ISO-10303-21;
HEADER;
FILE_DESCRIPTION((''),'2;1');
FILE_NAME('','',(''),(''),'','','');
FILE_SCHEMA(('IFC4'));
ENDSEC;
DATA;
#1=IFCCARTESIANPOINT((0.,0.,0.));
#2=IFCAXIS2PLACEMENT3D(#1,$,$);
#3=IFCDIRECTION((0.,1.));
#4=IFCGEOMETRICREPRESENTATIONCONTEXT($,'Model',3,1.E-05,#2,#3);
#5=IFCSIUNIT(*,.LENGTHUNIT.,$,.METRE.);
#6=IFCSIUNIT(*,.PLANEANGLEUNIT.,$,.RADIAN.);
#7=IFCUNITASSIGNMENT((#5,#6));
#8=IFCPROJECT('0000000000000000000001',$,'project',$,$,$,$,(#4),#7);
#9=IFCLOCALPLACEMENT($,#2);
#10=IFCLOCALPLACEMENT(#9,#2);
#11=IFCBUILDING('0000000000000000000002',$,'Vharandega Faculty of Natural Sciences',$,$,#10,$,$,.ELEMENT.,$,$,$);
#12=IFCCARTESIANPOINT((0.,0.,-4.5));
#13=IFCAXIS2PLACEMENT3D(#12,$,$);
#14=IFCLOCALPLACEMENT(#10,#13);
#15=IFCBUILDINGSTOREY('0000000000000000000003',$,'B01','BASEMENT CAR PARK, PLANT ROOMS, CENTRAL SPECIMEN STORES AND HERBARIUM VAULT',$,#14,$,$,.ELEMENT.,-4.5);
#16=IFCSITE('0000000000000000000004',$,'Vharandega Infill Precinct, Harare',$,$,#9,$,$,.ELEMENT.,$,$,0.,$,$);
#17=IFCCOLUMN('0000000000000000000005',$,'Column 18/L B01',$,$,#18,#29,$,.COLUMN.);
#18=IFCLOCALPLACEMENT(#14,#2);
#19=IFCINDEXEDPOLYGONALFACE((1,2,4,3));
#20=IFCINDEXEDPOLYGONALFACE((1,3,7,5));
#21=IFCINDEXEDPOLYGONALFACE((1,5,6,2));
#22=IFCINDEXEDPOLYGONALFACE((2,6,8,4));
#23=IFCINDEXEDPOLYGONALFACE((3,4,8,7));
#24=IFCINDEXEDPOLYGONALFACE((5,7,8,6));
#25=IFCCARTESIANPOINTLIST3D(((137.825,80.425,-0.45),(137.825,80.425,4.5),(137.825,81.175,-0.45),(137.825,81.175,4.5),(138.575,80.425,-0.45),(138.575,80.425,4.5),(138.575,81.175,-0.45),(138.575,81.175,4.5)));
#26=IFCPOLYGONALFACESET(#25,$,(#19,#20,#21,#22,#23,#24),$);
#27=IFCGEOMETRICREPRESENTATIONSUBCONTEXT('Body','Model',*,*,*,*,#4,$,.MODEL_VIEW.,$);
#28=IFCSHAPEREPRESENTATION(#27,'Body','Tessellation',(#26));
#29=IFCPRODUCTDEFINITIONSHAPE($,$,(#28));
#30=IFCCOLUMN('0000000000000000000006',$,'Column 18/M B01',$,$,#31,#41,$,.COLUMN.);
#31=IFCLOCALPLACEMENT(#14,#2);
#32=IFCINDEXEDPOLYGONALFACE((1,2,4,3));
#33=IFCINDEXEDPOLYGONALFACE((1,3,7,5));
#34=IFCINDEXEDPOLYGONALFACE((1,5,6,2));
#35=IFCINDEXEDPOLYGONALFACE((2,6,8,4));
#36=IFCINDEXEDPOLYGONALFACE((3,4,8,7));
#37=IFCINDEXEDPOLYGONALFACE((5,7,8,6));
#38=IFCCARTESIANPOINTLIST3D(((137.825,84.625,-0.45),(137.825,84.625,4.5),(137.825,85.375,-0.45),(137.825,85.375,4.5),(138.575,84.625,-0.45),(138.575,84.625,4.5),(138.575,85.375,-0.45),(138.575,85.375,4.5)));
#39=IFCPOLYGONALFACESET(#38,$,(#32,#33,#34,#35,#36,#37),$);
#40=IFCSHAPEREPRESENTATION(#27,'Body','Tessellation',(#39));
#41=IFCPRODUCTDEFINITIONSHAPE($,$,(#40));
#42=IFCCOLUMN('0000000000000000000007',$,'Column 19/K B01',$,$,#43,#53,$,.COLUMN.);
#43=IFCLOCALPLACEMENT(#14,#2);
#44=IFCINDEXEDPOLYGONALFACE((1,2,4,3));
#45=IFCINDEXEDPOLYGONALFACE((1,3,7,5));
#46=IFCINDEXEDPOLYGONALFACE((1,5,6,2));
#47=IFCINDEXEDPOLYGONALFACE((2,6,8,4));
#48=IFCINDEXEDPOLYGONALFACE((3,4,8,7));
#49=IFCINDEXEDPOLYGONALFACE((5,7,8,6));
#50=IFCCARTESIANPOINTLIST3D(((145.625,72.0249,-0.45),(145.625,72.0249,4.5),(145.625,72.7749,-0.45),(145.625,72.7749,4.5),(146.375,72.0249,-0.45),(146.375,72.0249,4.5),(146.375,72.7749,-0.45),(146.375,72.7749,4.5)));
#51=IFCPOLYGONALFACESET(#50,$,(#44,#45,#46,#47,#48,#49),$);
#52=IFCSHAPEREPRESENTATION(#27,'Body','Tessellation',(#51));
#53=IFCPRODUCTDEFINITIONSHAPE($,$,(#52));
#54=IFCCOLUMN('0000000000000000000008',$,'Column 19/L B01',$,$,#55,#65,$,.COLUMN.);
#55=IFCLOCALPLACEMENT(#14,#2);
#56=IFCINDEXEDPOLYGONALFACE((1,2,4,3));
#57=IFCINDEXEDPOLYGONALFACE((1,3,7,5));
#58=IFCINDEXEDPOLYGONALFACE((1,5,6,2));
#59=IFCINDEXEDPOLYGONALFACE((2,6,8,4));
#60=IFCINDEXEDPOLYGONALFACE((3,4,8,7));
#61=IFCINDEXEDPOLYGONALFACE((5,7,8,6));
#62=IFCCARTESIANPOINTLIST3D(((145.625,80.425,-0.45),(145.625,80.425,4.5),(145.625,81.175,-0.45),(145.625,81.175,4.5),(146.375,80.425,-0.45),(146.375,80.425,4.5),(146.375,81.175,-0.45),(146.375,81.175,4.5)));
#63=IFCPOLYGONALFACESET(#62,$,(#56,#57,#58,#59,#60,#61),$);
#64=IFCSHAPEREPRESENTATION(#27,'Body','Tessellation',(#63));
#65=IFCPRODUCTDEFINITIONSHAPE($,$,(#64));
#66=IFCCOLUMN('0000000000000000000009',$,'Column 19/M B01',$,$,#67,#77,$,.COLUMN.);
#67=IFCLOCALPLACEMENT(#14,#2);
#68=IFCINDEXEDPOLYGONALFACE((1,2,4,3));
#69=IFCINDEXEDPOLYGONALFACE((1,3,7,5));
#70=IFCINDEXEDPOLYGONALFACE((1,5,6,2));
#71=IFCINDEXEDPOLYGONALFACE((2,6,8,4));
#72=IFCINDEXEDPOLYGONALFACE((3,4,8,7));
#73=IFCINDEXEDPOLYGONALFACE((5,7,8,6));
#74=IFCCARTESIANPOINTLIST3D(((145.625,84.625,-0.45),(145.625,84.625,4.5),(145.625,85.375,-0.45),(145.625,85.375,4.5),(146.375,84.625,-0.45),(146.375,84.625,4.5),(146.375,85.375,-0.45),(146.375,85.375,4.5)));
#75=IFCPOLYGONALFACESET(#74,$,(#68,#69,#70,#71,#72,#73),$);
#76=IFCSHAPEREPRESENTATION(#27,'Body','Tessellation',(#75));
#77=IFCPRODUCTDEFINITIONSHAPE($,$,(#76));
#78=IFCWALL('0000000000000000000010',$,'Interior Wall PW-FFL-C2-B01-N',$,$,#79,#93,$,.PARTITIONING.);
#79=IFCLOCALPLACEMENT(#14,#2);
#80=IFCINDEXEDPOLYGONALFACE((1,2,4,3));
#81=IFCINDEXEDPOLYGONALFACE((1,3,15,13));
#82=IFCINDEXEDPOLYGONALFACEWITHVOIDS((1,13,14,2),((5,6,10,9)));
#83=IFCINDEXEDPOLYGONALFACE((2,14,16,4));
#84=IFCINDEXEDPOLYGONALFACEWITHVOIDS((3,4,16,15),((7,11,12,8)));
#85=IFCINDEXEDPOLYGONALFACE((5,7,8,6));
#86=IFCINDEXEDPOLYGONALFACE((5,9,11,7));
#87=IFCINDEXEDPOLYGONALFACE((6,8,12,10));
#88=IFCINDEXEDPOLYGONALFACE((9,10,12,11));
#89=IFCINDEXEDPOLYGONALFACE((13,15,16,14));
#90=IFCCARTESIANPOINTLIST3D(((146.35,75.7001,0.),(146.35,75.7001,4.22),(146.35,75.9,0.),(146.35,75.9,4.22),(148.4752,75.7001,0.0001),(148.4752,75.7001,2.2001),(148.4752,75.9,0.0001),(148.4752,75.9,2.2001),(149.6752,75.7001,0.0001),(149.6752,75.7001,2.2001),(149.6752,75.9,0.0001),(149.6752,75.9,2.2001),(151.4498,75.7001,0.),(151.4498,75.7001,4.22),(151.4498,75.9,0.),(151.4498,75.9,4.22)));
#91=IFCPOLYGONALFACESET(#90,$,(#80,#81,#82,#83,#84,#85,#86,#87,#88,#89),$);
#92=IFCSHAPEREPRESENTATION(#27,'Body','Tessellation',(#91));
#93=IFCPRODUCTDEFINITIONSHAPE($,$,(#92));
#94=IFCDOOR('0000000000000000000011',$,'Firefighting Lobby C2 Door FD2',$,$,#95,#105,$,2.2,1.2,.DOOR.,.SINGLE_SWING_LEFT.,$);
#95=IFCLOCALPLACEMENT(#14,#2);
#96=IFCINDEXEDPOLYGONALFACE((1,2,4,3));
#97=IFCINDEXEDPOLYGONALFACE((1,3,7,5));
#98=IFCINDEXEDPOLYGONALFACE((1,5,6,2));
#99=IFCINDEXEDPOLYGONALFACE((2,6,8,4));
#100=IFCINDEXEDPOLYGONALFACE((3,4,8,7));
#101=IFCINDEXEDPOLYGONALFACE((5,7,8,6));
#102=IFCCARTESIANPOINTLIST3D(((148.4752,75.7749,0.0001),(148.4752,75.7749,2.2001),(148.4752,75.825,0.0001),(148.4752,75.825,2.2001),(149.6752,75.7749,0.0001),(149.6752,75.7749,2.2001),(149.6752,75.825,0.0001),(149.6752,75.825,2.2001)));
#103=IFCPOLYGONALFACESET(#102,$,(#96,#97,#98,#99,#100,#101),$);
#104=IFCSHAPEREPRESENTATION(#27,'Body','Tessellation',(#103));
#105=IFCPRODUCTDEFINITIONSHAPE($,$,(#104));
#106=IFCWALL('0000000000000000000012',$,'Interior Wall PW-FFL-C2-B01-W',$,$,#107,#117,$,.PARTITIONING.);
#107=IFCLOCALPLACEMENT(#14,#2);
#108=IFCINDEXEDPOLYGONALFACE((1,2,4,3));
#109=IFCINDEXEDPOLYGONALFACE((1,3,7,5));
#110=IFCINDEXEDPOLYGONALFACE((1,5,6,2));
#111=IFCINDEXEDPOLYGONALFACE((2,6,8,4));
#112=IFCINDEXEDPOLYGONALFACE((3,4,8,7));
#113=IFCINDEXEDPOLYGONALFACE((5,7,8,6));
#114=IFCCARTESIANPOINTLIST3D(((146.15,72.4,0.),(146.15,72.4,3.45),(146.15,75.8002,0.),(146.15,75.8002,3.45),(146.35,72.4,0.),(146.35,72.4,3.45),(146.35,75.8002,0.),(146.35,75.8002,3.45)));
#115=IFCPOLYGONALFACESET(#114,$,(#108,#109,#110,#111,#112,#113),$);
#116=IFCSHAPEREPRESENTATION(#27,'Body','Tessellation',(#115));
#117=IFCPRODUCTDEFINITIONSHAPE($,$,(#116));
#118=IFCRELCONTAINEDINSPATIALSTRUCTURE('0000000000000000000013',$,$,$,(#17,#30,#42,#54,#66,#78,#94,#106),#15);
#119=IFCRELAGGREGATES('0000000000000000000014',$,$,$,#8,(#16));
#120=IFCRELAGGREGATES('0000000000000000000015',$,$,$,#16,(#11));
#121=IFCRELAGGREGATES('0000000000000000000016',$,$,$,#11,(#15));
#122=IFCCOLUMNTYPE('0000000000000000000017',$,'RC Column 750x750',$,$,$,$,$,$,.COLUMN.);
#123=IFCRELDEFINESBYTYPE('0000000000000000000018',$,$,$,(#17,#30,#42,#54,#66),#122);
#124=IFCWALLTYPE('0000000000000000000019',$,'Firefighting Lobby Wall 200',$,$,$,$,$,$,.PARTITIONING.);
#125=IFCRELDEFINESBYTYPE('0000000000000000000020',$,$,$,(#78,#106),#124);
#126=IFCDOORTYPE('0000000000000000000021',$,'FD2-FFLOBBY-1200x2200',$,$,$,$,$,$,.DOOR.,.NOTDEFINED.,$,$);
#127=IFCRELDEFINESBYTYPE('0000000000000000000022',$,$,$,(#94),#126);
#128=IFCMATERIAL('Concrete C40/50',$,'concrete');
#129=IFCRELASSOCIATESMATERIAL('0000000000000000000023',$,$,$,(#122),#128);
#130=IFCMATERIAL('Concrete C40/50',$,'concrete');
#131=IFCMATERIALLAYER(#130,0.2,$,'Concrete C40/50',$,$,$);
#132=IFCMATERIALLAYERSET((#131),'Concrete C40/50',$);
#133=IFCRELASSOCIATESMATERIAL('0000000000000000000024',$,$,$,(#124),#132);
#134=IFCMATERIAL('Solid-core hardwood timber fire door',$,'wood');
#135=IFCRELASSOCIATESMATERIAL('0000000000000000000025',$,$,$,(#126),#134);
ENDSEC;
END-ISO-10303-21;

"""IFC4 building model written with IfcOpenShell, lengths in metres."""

from ifc_helpers import new_model, si_unit, direction, frame, frame_2d, origin, origin_2d, place, context, subcontext, project, spatial, rectangle, extrude, material, layer, layer_set, material_profile, profile_set, type_object, element, fill, save


model = new_model("IFC4")

# Units and contexts
model_context = context("Model", 3, precision=1e-05, world=origin(), true_north=direction((0.0, 1.0)))
body_context = subcontext(model_context, "Body", "Model", "MODEL_VIEW")
ifc_project = project(units=[si_unit("LENGTHUNIT", "METRE"), si_unit("PLANEANGLEUNIT", "RADIAN")], contexts=[model_context])

# Site, building, storey
site_placement = place(None, origin())
site = spatial("IfcSite", under=ifc_project, at=site_placement, Name="Vharandega Infill Precinct, Harare", CompositionType="ELEMENT", RefElevation=0.0)
building_placement = place(site_placement, origin())
building = spatial("IfcBuilding", under=site, at=building_placement, Name="Vharandega Faculty of Natural Sciences", CompositionType="ELEMENT")
storey_placement = place(building_placement, frame((0.0, 0.0, -4.5)))
storey = spatial("IfcBuildingStorey", under=building, at=storey_placement, Name="B01", Description="BASEMENT CAR PARK, PLANT ROOMS, CENTRAL SPECIMEN STORES AND HERBARIUM VAULT", CompositionType="ELEMENT", Elevation=-4.5)

# Columns
ifc_material_1 = material(Name="Concrete C40/50", Category="concrete")
ifc_material_profile_1 = material_profile(ifc_material_1, rectangle(XDim=0.75, YDim=0.75, at=origin_2d()), Name="RC 750x750")
ifc_profile_set_1 = profile_set([ifc_material_profile_1], Name="Concrete C40/50")
column_type = type_object("IfcColumnType", Name="RC Column 750x750", PredefinedType="COLUMN", material=ifc_profile_set_1)
for number, where, z_axis, x_axis, name in (
    (1, (138.2, 80.8, -0.45), (0.0, 0.0, 1.0), (1.0, 0.0, 0.0), "Column 18/L B01"),
    (2, (138.2, 85.0, -0.45), (0.0, 0.0, 1.0), (1.0, 0.0, 0.0), "Column 18/M B01"),
    (3, (146.0, 72.3999, -0.45), (0.0, 0.0, 1.0), (1.0, 0.0, 0.0), "Column 19/K B01"),
    (4, (146.0, 80.8, -0.45), (0.0, 0.0, 1.0), (1.0, 0.0, 0.0), "Column 19/L B01"),
    (5, (146.0, 85.0, -0.45), (0.0, 0.0, 1.0), (1.0, 0.0, 0.0), "Column 19/M B01"),
):
    element("IfcColumn", number, at=place(storey_placement, frame(where, z_axis=z_axis, x_axis=x_axis)), inside=storey, type_object=column_type, Name=name, PredefinedType="COLUMN", context=body_context, shape_type="SweptSolid", body=[
        extrude(rectangle(XDim=0.75, YDim=0.75, at=origin_2d()), origin(), (0.0, 0.0, 1.0), 4.95),
    ])

# Wall, opening, door
ifc_material_2 = material(Name="Concrete C40/50", Category="concrete")
ifc_layer_1 = layer(ifc_material_2, 0.2, Name="Concrete C40/50")
ifc_layer_set_1 = layer_set([ifc_layer_1], Name="Concrete C40/50")
wall_type_1 = type_object("IfcWallType", Name="Firefighting Lobby Wall 200", PredefinedType="PARTITIONING", material=ifc_layer_set_1)
wall_1_placement = place(storey_placement, frame((146.3501, 75.8, 0.0), z_axis=(0.0, 0.0, 1.0), x_axis=(1.0, 0.0, 0.0)))
wall_1 = element("IfcWall", 6, at=wall_1_placement, inside=storey, type_object=wall_type_1, Name="Interior Wall PW-FFL-C2-B01-N", PredefinedType="PARTITIONING", context=body_context, shape_type="SweptSolid", body=[
    extrude(rectangle(XDim=5.0999, YDim=0.2, at=frame_2d((2.5498, 0.0))), origin(), (0.0, 0.0, 1.0), 4.22),
])
opening_1_placement = place(wall_1_placement, frame((2.125, 0.0, 0.0)))
opening_1 = element("IfcOpeningElement", 7, at=opening_1_placement, cuts=wall_1, PredefinedType="OPENING", context=body_context, shape_type="SweptSolid", body=[
    extrude(rectangle(XDim=1.2, YDim=2.2, at=frame_2d((0.6001, 1.1001))), frame((0.0, 0.1099, 0.0), z_axis=(0.0, -1.0, 0.0), x_axis=(1.0, 0.0, 0.0)), (0.0, 0.0, 1.0), 0.22),
])
ifc_material_3 = material(Name="Solid-core hardwood timber fire door", Category="wood")
door_type_1 = type_object("IfcDoorType", Name="FD2-FFLOBBY-1200x2200", OperationType="NOTDEFINED", PredefinedType="DOOR", material=ifc_material_3)
door_1_placement = place(opening_1_placement, origin())
door_1 = element("IfcDoor", 8, at=door_1_placement, inside=storey, type_object=door_type_1, Name="Firefighting Lobby C2 Door FD2", OperationType="SINGLE_SWING_LEFT", OverallHeight=2.2, OverallWidth=1.2, PredefinedType="DOOR", context=body_context, shape_type="SweptSolid", body=[
    extrude(rectangle(XDim=1.2, YDim=2.2, at=frame_2d((0.6001, 1.1001))), frame((0.0, 0.0249, 0.0), z_axis=(0.0, -1.0, 0.0), x_axis=(1.0, 0.0, 0.0)), (0.0, 0.0, 1.0), 0.05),
])
fill(opening_1, door_1)

# Wall
wall_2_placement = place(storey_placement, frame((146.25, 72.3999, 0.0), z_axis=(0.0, 0.0, 1.0), x_axis=(0.0, 1.0, 0.0)))
element("IfcWall", 9, at=wall_2_placement, inside=storey, type_object=wall_type_1, Name="Interior Wall PW-FFL-C2-B01-W", PredefinedType="PARTITIONING", context=body_context, shape_type="SweptSolid", body=[
    extrude(rectangle(XDim=3.4001, YDim=0.2, at=frame_2d((1.7002, 0.0))), origin(), (0.0, 0.0, 1.0), 3.45),
])

save(model, "model.ifc")
